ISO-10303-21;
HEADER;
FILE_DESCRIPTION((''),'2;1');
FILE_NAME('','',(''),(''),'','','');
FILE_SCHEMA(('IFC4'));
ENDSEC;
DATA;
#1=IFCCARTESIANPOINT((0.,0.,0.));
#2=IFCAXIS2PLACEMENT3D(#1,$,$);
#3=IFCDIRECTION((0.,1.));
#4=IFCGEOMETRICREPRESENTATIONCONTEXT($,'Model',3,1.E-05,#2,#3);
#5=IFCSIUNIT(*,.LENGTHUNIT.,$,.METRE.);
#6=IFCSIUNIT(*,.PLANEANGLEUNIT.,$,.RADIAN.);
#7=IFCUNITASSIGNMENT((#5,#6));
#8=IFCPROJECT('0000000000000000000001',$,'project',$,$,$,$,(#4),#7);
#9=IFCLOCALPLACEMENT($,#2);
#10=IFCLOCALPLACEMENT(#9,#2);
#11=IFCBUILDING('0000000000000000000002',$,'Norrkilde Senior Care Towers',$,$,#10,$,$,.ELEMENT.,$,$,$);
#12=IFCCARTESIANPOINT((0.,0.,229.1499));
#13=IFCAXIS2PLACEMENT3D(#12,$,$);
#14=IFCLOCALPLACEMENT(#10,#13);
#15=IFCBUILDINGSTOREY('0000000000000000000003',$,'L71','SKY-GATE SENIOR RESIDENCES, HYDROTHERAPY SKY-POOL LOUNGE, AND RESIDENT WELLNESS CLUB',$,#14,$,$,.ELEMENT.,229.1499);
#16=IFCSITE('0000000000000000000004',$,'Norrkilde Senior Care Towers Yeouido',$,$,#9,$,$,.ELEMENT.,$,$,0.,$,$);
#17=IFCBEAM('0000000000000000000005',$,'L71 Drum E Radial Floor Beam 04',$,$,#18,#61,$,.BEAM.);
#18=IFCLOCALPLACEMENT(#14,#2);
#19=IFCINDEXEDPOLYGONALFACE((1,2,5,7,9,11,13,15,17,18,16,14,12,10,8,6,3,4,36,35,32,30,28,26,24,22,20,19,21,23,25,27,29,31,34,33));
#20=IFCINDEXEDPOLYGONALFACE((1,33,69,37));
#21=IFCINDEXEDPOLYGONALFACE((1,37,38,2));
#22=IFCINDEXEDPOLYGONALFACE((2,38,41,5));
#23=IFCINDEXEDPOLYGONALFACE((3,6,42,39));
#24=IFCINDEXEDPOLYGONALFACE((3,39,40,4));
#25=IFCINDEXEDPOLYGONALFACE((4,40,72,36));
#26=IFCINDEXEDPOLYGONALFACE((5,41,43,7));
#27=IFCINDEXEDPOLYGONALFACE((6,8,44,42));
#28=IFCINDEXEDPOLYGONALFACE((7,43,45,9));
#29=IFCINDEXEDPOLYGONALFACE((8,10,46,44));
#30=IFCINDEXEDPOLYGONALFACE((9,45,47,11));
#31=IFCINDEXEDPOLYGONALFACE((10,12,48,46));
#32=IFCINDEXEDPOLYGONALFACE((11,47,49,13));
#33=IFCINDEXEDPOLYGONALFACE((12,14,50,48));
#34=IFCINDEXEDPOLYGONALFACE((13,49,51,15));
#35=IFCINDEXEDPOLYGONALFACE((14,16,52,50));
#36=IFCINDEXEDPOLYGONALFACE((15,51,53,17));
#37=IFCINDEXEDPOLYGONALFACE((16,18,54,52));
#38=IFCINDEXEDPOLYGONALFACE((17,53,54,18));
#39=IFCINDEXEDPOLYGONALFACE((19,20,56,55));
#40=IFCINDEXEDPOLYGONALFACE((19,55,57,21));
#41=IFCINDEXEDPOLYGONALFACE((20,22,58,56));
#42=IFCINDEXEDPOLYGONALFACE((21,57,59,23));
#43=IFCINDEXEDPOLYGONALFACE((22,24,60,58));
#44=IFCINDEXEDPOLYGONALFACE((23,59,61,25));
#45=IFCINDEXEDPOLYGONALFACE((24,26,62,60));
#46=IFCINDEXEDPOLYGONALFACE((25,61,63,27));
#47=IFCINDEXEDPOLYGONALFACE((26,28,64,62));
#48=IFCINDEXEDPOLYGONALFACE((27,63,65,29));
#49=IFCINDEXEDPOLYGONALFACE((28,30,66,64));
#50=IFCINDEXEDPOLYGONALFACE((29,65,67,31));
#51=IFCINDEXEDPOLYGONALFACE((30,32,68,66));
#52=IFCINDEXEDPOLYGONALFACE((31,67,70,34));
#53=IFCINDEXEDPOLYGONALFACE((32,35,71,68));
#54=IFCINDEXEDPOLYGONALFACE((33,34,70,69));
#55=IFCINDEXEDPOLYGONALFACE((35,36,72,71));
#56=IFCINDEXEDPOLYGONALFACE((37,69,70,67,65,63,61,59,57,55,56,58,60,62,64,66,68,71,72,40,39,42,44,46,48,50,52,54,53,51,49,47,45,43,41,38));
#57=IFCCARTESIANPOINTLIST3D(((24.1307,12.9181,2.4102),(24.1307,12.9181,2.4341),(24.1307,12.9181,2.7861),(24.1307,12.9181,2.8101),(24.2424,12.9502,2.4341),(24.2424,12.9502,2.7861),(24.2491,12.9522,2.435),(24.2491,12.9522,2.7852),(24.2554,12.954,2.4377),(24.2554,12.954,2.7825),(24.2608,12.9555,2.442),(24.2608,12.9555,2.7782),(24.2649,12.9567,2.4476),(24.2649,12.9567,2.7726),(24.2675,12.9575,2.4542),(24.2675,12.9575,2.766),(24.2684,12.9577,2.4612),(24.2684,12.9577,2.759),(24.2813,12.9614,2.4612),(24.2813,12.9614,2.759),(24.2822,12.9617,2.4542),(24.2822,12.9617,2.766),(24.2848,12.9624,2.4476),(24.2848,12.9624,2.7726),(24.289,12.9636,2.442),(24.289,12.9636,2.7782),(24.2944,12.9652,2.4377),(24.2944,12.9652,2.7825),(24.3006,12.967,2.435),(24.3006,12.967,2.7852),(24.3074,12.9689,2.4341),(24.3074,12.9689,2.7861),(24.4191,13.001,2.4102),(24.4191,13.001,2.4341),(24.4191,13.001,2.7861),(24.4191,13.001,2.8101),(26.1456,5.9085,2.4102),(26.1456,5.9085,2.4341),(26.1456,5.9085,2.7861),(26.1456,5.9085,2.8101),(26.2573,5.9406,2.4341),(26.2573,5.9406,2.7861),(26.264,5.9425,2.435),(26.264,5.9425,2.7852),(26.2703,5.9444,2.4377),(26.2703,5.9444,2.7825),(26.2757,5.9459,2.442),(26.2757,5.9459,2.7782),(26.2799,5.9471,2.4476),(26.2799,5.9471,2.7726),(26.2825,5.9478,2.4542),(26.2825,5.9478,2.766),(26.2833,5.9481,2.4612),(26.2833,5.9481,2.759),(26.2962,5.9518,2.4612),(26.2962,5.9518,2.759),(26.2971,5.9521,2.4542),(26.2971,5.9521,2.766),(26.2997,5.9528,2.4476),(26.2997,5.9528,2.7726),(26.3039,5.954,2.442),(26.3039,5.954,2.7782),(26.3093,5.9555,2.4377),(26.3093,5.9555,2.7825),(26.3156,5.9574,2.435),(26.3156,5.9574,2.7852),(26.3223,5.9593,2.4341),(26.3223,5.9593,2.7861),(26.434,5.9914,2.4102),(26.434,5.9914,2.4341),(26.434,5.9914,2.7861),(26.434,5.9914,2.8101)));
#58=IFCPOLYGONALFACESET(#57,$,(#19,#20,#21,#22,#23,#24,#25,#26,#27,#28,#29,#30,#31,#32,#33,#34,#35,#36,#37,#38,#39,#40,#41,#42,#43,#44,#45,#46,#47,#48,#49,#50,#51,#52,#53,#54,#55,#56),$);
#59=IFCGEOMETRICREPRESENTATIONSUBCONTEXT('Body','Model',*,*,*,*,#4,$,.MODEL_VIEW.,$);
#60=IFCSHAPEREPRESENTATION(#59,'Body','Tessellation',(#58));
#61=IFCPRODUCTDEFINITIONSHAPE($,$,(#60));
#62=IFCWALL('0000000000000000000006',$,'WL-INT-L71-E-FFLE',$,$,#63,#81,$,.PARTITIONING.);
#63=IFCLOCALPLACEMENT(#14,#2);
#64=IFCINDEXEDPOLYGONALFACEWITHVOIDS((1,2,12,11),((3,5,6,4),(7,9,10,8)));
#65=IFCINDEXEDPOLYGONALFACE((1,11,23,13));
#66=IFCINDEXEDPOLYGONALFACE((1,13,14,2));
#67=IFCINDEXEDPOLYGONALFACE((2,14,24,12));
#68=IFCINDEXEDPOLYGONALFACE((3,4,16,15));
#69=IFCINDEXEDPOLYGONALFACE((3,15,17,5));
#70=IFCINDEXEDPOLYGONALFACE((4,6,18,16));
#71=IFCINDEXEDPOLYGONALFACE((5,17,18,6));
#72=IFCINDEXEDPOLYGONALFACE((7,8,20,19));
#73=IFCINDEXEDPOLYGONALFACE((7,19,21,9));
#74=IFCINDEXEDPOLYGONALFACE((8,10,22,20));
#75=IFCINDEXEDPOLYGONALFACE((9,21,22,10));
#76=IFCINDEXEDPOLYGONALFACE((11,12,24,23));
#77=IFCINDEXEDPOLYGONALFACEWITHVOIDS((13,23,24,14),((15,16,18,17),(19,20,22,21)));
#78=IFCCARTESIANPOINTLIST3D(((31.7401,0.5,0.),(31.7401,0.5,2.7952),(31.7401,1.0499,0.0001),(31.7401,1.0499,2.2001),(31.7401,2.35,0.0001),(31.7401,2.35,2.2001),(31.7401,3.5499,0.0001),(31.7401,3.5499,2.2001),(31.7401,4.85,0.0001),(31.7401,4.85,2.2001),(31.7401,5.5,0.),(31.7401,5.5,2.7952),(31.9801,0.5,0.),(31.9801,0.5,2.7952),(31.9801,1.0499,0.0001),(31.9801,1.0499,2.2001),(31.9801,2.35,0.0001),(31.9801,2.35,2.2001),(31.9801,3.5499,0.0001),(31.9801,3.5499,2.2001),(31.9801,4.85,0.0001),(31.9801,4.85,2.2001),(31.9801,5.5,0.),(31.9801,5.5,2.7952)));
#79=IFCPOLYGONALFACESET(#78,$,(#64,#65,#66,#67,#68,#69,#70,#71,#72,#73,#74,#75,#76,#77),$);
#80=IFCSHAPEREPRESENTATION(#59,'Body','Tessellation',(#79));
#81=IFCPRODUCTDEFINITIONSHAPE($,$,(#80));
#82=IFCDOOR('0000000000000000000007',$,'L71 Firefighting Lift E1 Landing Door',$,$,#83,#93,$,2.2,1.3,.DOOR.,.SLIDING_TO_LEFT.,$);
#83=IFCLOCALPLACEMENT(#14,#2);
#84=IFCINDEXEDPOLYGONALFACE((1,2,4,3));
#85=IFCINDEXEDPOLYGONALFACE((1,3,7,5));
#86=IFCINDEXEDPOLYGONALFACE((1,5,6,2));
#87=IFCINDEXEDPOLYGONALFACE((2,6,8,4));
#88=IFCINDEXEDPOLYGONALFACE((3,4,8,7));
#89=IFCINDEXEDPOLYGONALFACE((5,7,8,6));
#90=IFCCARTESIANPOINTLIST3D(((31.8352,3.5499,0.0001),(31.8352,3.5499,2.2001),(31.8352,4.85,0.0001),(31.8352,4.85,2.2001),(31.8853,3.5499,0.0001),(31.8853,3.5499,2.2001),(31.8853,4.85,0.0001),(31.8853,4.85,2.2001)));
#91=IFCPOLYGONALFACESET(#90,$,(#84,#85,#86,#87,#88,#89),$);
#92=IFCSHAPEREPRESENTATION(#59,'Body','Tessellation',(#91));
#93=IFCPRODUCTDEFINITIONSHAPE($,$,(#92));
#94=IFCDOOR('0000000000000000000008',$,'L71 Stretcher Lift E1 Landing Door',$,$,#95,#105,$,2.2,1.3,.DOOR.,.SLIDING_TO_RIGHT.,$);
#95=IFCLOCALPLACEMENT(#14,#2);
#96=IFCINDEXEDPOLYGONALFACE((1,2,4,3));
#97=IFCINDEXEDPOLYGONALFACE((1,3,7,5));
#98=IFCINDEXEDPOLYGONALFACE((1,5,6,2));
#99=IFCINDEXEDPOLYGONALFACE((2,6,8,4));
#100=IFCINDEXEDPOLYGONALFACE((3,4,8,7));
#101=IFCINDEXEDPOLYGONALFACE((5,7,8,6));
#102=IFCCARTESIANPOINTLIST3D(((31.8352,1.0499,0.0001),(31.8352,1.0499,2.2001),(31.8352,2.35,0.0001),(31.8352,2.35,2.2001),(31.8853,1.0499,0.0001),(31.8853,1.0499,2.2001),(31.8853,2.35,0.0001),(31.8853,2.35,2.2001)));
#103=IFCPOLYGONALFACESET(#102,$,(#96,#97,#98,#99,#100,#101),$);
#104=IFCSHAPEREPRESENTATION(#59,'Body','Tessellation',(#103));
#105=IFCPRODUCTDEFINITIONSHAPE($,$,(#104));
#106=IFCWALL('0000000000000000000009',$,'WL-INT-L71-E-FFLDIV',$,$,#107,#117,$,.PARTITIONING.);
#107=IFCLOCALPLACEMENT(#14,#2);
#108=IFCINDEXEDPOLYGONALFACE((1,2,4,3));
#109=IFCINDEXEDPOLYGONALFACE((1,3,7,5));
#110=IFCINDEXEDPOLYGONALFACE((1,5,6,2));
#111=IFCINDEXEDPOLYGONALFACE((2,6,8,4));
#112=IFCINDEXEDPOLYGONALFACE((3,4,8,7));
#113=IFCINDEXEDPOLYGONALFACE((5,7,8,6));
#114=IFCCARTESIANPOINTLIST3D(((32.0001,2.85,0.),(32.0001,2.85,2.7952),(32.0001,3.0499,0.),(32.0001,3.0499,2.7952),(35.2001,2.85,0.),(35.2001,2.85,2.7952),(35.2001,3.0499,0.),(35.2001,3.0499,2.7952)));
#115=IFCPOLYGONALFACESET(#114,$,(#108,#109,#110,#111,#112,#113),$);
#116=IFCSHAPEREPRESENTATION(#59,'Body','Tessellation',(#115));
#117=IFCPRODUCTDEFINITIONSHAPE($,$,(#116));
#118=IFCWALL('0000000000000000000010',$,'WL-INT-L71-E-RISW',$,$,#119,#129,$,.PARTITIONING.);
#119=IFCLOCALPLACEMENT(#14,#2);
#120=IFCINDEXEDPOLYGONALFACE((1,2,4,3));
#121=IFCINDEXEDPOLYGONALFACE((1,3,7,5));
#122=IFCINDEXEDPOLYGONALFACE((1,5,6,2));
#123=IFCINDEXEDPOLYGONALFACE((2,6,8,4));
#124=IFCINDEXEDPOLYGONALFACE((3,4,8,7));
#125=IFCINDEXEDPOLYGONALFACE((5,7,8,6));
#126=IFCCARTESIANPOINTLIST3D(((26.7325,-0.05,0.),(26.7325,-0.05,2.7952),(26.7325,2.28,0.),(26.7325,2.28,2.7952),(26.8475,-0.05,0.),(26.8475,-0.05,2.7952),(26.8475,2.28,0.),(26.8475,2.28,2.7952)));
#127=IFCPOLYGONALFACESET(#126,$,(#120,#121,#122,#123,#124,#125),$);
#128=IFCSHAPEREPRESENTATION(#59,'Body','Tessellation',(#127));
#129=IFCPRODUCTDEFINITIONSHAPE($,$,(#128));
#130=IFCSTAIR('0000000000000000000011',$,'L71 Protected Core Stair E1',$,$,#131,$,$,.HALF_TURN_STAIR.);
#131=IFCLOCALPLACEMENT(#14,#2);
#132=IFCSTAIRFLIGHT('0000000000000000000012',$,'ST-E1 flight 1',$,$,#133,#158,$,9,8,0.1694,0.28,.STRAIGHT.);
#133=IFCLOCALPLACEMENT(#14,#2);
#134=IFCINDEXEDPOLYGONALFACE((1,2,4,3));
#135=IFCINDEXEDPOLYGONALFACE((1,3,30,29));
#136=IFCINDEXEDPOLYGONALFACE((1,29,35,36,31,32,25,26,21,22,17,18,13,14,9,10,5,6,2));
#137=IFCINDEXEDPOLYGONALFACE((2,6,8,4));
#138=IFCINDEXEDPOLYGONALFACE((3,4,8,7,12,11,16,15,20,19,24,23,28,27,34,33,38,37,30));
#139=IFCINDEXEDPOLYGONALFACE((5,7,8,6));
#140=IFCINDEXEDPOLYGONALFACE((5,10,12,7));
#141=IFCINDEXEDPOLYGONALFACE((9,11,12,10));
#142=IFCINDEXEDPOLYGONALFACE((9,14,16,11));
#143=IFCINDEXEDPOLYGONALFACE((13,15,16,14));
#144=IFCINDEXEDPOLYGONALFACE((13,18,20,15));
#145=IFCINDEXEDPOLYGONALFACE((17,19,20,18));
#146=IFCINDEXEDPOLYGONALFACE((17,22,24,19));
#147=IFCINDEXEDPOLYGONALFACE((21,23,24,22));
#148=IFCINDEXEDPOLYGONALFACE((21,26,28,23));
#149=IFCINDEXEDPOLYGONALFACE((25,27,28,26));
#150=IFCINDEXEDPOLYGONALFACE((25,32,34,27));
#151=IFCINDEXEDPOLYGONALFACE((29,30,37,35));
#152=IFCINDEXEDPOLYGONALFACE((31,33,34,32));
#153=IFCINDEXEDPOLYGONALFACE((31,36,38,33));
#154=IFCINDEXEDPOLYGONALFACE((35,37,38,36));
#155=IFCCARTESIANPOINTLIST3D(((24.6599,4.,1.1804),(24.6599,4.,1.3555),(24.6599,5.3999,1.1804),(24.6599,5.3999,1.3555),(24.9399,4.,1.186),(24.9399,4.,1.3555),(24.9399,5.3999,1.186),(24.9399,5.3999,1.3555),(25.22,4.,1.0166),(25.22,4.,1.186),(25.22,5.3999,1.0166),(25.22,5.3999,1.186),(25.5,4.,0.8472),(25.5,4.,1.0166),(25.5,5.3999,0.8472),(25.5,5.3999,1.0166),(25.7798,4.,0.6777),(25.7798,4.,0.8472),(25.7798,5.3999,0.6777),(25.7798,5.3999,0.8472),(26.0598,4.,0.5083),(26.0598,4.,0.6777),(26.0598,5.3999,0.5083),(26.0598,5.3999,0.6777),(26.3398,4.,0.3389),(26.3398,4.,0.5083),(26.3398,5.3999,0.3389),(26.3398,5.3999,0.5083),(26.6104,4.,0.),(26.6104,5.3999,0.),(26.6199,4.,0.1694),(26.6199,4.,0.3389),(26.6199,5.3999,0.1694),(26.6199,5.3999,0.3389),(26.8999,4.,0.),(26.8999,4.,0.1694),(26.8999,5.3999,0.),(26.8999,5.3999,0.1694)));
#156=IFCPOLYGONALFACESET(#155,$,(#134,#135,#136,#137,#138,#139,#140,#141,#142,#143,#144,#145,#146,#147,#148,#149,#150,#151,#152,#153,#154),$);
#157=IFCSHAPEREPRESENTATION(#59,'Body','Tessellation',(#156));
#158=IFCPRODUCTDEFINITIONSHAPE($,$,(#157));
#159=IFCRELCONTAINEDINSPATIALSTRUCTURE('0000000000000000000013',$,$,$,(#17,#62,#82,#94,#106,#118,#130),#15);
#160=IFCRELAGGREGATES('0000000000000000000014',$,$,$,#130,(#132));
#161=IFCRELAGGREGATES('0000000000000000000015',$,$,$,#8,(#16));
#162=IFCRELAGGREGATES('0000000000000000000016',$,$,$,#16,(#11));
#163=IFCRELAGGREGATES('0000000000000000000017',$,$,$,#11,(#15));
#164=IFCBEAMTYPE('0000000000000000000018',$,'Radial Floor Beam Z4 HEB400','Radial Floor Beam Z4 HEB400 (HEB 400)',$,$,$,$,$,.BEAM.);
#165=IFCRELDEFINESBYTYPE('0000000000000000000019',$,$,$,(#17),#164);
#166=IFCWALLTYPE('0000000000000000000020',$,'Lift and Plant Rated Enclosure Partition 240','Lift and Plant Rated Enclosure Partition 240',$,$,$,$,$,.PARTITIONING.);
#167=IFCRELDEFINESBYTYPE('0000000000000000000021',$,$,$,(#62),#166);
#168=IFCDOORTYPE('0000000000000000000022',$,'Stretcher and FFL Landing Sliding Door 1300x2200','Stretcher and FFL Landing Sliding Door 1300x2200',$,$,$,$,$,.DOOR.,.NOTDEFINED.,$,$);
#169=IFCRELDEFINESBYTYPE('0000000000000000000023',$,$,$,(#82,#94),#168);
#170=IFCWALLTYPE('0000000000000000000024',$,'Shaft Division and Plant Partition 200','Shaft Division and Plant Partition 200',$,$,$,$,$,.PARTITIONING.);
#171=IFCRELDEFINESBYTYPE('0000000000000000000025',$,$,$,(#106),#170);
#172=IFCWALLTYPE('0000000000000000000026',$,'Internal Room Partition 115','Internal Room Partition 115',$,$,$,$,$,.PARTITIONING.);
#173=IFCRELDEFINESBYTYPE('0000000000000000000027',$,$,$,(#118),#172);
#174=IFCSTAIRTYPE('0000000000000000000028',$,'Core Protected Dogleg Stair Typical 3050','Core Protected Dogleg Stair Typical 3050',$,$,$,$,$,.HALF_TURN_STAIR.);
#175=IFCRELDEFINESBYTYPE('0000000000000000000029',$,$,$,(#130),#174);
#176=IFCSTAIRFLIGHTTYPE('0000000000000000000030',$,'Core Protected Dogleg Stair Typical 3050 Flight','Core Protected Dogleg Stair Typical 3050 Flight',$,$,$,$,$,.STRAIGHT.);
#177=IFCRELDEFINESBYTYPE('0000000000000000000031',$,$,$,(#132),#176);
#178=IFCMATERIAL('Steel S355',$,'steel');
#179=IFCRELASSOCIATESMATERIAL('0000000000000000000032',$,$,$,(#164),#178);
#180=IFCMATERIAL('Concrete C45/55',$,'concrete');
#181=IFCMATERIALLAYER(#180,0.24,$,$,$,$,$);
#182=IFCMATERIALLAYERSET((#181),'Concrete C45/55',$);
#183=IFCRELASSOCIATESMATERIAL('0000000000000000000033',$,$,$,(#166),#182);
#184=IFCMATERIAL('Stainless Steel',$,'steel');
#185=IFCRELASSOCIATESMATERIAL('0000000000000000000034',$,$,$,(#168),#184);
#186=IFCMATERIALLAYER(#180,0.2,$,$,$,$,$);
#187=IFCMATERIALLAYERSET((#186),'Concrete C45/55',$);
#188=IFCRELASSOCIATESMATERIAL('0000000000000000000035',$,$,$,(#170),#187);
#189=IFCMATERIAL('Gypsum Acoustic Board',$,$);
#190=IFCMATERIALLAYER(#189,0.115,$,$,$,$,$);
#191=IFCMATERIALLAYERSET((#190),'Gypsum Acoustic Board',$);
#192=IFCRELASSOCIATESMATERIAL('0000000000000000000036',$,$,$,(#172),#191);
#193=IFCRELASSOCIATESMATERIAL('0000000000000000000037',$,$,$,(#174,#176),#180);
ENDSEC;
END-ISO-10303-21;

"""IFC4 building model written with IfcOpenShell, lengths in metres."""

from ifc_helpers import new_model, si_unit, direction, frame, frame_2d, origin, origin_2d, place, context, subcontext, project, spatial, polyline, rectangle, i_section, outline, extrude, source, transform, mapped, material, layer, layer_set, material_profile, profile_set, type_object, type_shapes, element, fill, aggregate, save


model = new_model("IFC4")

# Units and contexts
model_context = context("Model", 3, precision=1e-05, world=origin(), true_north=direction((0.0, 1.0)))
body_context = subcontext(model_context, "Body", "Model", "MODEL_VIEW")
ifc_project = project(units=[si_unit("LENGTHUNIT", "METRE"), si_unit("PLANEANGLEUNIT", "RADIAN")], contexts=[model_context])

# Site, building, storey
site_placement = place(None, origin())
site = spatial("IfcSite", under=ifc_project, at=site_placement, Name="Norrkilde Senior Care Towers Yeouido", CompositionType="ELEMENT", RefElevation=0.0)
building_placement = place(site_placement, origin())
building = spatial("IfcBuilding", under=site, at=building_placement, Name="Norrkilde Senior Care Towers", CompositionType="ELEMENT")
storey_placement = place(building_placement, frame((0.0, 0.0, 229.1499)))
storey = spatial("IfcBuildingStorey", under=building, at=storey_placement, Name="L71", Description="SKY-GATE SENIOR RESIDENCES, HYDROTHERAPY SKY-POOL LOUNGE, AND RESIDENT WELLNESS CLUB", CompositionType="ELEMENT", Elevation=229.1499)

# Beam
ifc_material_1 = material(Name="Steel S355", Category="steel")
ifc_material_profile = material_profile(ifc_material_1, i_section(OverallWidth=0.3, OverallDepth=0.3999, WebThickness=0.0134, FlangeThickness=0.0239, FilletRadius=0.0271, at=origin_2d()), Name="HEB 400")
ifc_profile_set = profile_set([ifc_material_profile], Name="Steel S355")
beam_type = type_object("IfcBeamType", Name="Radial Floor Beam Z4 HEB400", Description="Radial Floor Beam Z4 HEB400 (HEB 400)", PredefinedType="BEAM", material=ifc_profile_set)
shared_shape_1 = source(origin(), body_context, "Body", "SweptSolid", [
    extrude(i_section(OverallWidth=0.3, OverallDepth=0.3999, WebThickness=0.0134, FlangeThickness=0.0239, FilletRadius=0.0271, at=origin_2d()), origin(), (0.0, 0.0, 1.0), 7.2935),
])
type_shapes(beam_type, [shared_shape_1])
beam_placement = place(storey_placement, frame((26.2898, 5.95, 2.6101), z_axis=(-0.276264, 0.961082, 0.0), x_axis=(-0.961082, -0.276264, 0.0)))
element("IfcBeam", 1, at=beam_placement, inside=storey, type_object=beam_type, Name="L71 Drum E Radial Floor Beam 04", PredefinedType="BEAM", context=body_context, shape_type="MappedRepresentation", body=[
    mapped(shared_shape_1, transform((0.0, 0.0, 0.0), x_axis=(1.0, 0.0, 0.0), y_axis=(0.0, 1.0, 0.0), z_axis=(0.0, 0.0, 1.0), scale=1.0)),
])

# Wall, openings, doors
ifc_material_2 = material(Name="Concrete C45/55", Category="concrete")
ifc_layer_1 = layer(ifc_material_2, 0.24)
ifc_layer_set_1 = layer_set([ifc_layer_1], Name="Concrete C45/55")
wall_type_1 = type_object("IfcWallType", Name="Lift and Plant Rated Enclosure Partition 240", Description="Lift and Plant Rated Enclosure Partition 240", PredefinedType="PARTITIONING", material=ifc_layer_set_1)
shared_shape_2 = source(origin(), body_context, "Body", "SweptSolid", [
    extrude(rectangle(XDim=5.0, YDim=0.24, at=frame_2d((2.5, 0.0))), origin(), (0.0, 0.0, 1.0), 2.7952),
])
type_shapes(wall_type_1, [shared_shape_2])
wall_1_placement = place(storey_placement, frame((31.8601, 0.5, 0.0), z_axis=(0.0, 0.0, 1.0), x_axis=(0.0, 1.0, 0.0)))
wall_1 = element("IfcWall", 2, at=wall_1_placement, inside=storey, type_object=wall_type_1, Name="WL-INT-L71-E-FFLE", PredefinedType="PARTITIONING", context=body_context, shape_type="MappedRepresentation", body=[
    mapped(shared_shape_2, transform((0.0, 0.0, 0.0), x_axis=(1.0, 0.0, 0.0), y_axis=(0.0, 1.0, 0.0), z_axis=(0.0, 0.0, 1.0), scale=1.0)),
])
opening_1_placement = place(wall_1_placement, frame((3.05, 0.0, 0.0)))
opening_1 = element("IfcOpeningElement", 3, at=opening_1_placement, cuts=wall_1, PredefinedType="OPENING", context=body_context, shape_type="SweptSolid", body=[
    extrude(rectangle(XDim=1.3, YDim=2.2, at=frame_2d((0.6499, 1.1001))), frame((0.0, 0.1299, 0.0), z_axis=(0.0, -1.0, 0.0), x_axis=(1.0, 0.0, 0.0)), (0.0, 0.0, 1.0), 0.26),
])
opening_2_placement = place(wall_1_placement, frame((0.55, 0.0, 0.0)))
opening_2 = element("IfcOpeningElement", 4, at=opening_2_placement, cuts=wall_1, PredefinedType="OPENING", context=body_context, shape_type="SweptSolid", body=[
    extrude(rectangle(XDim=1.3, YDim=2.2, at=frame_2d((0.6499, 1.1001))), frame((0.0, 0.1299, 0.0), z_axis=(0.0, -1.0, 0.0), x_axis=(1.0, 0.0, 0.0)), (0.0, 0.0, 1.0), 0.26),
])
ifc_material_3 = material(Name="Stainless Steel", Category="steel")
door_type_1 = type_object("IfcDoorType", Name="Stretcher and FFL Landing Sliding Door 1300x2200", Description="Stretcher and FFL Landing Sliding Door 1300x2200", OperationType="NOTDEFINED", PredefinedType="DOOR", material=ifc_material_3)
shared_shape_3 = source(origin(), body_context, "Body", "SweptSolid", [
    extrude(rectangle(XDim=1.3, YDim=2.2, at=frame_2d((0.6499, 1.1001))), frame((0.0, 0.0249, 0.0), z_axis=(0.0, -1.0, 0.0), x_axis=(1.0, 0.0, 0.0)), (0.0, 0.0, 1.0), 0.05),
])
type_shapes(door_type_1, [shared_shape_3])
door_1_placement = place(opening_1_placement, origin())
door_1 = element("IfcDoor", 5, at=door_1_placement, inside=storey, type_object=door_type_1, Name="L71 Firefighting Lift E1 Landing Door", OperationType="SLIDING_TO_LEFT", OverallHeight=2.2, OverallWidth=1.3, PredefinedType="DOOR", context=body_context, shape_type="MappedRepresentation", body=[
    mapped(shared_shape_3, transform((0.0, 0.0, 0.0), x_axis=(1.0, 0.0, 0.0), y_axis=(0.0, 1.0, 0.0), z_axis=(0.0, 0.0, 1.0), scale=1.0)),
])
fill(opening_1, door_1)
door_2_placement = place(opening_2_placement, origin())
door_2 = element("IfcDoor", 6, at=door_2_placement, inside=storey, type_object=door_type_1, Name="L71 Stretcher Lift E1 Landing Door", OperationType="SLIDING_TO_RIGHT", OverallHeight=2.2, OverallWidth=1.3, PredefinedType="DOOR", context=body_context, shape_type="MappedRepresentation", body=[
    mapped(shared_shape_3, transform((0.0, 0.0, 0.0), x_axis=(1.0, 0.0, 0.0), y_axis=(0.0, 1.0, 0.0), z_axis=(0.0, 0.0, 1.0), scale=1.0)),
])
fill(opening_2, door_2)

# Wall
ifc_layer_2 = layer(ifc_material_2, 0.2)
ifc_layer_set_2 = layer_set([ifc_layer_2], Name="Concrete C45/55")
wall_type_2 = type_object("IfcWallType", Name="Shaft Division and Plant Partition 200", Description="Shaft Division and Plant Partition 200", PredefinedType="PARTITIONING", material=ifc_layer_set_2)
shared_shape_4 = source(origin(), body_context, "Body", "SweptSolid", [
    extrude(rectangle(XDim=3.2, YDim=0.2, at=frame_2d((1.6001, 0.0))), origin(), (0.0, 0.0, 1.0), 2.7952),
])
type_shapes(wall_type_2, [shared_shape_4])
wall_2_placement = place(storey_placement, frame((32.0, 2.95, 0.0), z_axis=(0.0, 0.0, 1.0), x_axis=(1.0, 0.0, 0.0)))
element("IfcWall", 7, at=wall_2_placement, inside=storey, type_object=wall_type_2, Name="WL-INT-L71-E-FFLDIV", PredefinedType="PARTITIONING", context=body_context, shape_type="MappedRepresentation", body=[
    mapped(shared_shape_4, transform((0.0, 0.0, 0.0), x_axis=(1.0, 0.0, 0.0), y_axis=(0.0, 1.0, 0.0), z_axis=(0.0, 0.0, 1.0), scale=1.0)),
])

# Wall
ifc_material_4 = material(Name="Gypsum Acoustic Board")
ifc_layer_3 = layer(ifc_material_4, 0.115)
ifc_layer_set_3 = layer_set([ifc_layer_3], Name="Gypsum Acoustic Board")
wall_type_3 = type_object("IfcWallType", Name="Internal Room Partition 115", Description="Internal Room Partition 115", PredefinedType="PARTITIONING", material=ifc_layer_set_3)
shared_shape_5 = source(origin(), body_context, "Body", "SweptSolid", [
    extrude(rectangle(XDim=2.3301, YDim=0.115, at=frame_2d((1.165, 0.0))), origin(), (0.0, 0.0, 1.0), 2.7952),
])
type_shapes(wall_type_3, [shared_shape_5])
wall_3_placement = place(storey_placement, frame((26.79, -0.05, 0.0), z_axis=(0.0, 0.0, 1.0), x_axis=(0.0, 1.0, 0.0)))
element("IfcWall", 8, at=wall_3_placement, inside=storey, type_object=wall_type_3, Name="WL-INT-L71-E-RISW", PredefinedType="PARTITIONING", context=body_context, shape_type="MappedRepresentation", body=[
    mapped(shared_shape_5, transform((0.0, 0.0, 0.0), x_axis=(1.0, 0.0, 0.0), y_axis=(0.0, 1.0, 0.0), z_axis=(0.0, 0.0, 1.0), scale=1.0)),
])

# Stair, stair flight
stair_type = type_object("IfcStairType", Name="Core Protected Dogleg Stair Typical 3050", Description="Core Protected Dogleg Stair Typical 3050", PredefinedType="HALF_TURN_STAIR", material=ifc_material_2)
stair_placement = place(storey_placement, origin())
stair = element("IfcStair", 9, at=stair_placement, inside=storey, type_object=stair_type, Name="L71 Protected Core Stair E1", PredefinedType="HALF_TURN_STAIR")
stair_flight_type = type_object("IfcStairFlightType", Name="Core Protected Dogleg Stair Typical 3050 Flight", Description="Core Protected Dogleg Stair Typical 3050 Flight", PredefinedType="STRAIGHT", material=ifc_material_2)
stair_flight_1_placement = place(storey_placement, frame((26.8999, 4.7, 0.0), z_axis=(0.0, 0.0, 1.0), x_axis=(-1.0, 0.0, 0.0)))
stair_flight_1 = element("IfcStairFlight", 10, at=stair_flight_1_placement, type_object=stair_flight_type, Name="ST-E1 flight 1", NumberOfRisers=9, NumberOfTreads=8, PredefinedType="STRAIGHT", RiserHeight=0.1694, TreadLength=0.28, context=body_context, shape_type="SweptSolid", body=[
    extrude(outline(polyline([(0.0, 0.0), (0.0, 0.1694), (0.28, 0.1694), (0.28, 0.3389), (0.5601, 0.3389), (0.5601, 0.5083), (0.8401, 0.5083), (0.8401, 0.6777), (1.1201, 0.6777), (1.1201, 0.8472), (1.3999, 0.8472), (1.3999, 1.0166), (1.6799, 1.0166), (1.6799, 1.186), (1.96, 1.186), (1.96, 1.3555), (2.24, 1.3555), (2.24, 1.5249), (2.24, 1.1804), (0.2896, 0.0), (0.0, 0.0)])), frame((0.0, 0.7, 0.0), z_axis=(0.0, -1.0, 0.0), x_axis=(1.0, 0.0, 0.0)), (0.0, 0.0, 1.0), 1.3999),
])
aggregate(stair, [stair_flight_1])

save(model, "model.ifc")
